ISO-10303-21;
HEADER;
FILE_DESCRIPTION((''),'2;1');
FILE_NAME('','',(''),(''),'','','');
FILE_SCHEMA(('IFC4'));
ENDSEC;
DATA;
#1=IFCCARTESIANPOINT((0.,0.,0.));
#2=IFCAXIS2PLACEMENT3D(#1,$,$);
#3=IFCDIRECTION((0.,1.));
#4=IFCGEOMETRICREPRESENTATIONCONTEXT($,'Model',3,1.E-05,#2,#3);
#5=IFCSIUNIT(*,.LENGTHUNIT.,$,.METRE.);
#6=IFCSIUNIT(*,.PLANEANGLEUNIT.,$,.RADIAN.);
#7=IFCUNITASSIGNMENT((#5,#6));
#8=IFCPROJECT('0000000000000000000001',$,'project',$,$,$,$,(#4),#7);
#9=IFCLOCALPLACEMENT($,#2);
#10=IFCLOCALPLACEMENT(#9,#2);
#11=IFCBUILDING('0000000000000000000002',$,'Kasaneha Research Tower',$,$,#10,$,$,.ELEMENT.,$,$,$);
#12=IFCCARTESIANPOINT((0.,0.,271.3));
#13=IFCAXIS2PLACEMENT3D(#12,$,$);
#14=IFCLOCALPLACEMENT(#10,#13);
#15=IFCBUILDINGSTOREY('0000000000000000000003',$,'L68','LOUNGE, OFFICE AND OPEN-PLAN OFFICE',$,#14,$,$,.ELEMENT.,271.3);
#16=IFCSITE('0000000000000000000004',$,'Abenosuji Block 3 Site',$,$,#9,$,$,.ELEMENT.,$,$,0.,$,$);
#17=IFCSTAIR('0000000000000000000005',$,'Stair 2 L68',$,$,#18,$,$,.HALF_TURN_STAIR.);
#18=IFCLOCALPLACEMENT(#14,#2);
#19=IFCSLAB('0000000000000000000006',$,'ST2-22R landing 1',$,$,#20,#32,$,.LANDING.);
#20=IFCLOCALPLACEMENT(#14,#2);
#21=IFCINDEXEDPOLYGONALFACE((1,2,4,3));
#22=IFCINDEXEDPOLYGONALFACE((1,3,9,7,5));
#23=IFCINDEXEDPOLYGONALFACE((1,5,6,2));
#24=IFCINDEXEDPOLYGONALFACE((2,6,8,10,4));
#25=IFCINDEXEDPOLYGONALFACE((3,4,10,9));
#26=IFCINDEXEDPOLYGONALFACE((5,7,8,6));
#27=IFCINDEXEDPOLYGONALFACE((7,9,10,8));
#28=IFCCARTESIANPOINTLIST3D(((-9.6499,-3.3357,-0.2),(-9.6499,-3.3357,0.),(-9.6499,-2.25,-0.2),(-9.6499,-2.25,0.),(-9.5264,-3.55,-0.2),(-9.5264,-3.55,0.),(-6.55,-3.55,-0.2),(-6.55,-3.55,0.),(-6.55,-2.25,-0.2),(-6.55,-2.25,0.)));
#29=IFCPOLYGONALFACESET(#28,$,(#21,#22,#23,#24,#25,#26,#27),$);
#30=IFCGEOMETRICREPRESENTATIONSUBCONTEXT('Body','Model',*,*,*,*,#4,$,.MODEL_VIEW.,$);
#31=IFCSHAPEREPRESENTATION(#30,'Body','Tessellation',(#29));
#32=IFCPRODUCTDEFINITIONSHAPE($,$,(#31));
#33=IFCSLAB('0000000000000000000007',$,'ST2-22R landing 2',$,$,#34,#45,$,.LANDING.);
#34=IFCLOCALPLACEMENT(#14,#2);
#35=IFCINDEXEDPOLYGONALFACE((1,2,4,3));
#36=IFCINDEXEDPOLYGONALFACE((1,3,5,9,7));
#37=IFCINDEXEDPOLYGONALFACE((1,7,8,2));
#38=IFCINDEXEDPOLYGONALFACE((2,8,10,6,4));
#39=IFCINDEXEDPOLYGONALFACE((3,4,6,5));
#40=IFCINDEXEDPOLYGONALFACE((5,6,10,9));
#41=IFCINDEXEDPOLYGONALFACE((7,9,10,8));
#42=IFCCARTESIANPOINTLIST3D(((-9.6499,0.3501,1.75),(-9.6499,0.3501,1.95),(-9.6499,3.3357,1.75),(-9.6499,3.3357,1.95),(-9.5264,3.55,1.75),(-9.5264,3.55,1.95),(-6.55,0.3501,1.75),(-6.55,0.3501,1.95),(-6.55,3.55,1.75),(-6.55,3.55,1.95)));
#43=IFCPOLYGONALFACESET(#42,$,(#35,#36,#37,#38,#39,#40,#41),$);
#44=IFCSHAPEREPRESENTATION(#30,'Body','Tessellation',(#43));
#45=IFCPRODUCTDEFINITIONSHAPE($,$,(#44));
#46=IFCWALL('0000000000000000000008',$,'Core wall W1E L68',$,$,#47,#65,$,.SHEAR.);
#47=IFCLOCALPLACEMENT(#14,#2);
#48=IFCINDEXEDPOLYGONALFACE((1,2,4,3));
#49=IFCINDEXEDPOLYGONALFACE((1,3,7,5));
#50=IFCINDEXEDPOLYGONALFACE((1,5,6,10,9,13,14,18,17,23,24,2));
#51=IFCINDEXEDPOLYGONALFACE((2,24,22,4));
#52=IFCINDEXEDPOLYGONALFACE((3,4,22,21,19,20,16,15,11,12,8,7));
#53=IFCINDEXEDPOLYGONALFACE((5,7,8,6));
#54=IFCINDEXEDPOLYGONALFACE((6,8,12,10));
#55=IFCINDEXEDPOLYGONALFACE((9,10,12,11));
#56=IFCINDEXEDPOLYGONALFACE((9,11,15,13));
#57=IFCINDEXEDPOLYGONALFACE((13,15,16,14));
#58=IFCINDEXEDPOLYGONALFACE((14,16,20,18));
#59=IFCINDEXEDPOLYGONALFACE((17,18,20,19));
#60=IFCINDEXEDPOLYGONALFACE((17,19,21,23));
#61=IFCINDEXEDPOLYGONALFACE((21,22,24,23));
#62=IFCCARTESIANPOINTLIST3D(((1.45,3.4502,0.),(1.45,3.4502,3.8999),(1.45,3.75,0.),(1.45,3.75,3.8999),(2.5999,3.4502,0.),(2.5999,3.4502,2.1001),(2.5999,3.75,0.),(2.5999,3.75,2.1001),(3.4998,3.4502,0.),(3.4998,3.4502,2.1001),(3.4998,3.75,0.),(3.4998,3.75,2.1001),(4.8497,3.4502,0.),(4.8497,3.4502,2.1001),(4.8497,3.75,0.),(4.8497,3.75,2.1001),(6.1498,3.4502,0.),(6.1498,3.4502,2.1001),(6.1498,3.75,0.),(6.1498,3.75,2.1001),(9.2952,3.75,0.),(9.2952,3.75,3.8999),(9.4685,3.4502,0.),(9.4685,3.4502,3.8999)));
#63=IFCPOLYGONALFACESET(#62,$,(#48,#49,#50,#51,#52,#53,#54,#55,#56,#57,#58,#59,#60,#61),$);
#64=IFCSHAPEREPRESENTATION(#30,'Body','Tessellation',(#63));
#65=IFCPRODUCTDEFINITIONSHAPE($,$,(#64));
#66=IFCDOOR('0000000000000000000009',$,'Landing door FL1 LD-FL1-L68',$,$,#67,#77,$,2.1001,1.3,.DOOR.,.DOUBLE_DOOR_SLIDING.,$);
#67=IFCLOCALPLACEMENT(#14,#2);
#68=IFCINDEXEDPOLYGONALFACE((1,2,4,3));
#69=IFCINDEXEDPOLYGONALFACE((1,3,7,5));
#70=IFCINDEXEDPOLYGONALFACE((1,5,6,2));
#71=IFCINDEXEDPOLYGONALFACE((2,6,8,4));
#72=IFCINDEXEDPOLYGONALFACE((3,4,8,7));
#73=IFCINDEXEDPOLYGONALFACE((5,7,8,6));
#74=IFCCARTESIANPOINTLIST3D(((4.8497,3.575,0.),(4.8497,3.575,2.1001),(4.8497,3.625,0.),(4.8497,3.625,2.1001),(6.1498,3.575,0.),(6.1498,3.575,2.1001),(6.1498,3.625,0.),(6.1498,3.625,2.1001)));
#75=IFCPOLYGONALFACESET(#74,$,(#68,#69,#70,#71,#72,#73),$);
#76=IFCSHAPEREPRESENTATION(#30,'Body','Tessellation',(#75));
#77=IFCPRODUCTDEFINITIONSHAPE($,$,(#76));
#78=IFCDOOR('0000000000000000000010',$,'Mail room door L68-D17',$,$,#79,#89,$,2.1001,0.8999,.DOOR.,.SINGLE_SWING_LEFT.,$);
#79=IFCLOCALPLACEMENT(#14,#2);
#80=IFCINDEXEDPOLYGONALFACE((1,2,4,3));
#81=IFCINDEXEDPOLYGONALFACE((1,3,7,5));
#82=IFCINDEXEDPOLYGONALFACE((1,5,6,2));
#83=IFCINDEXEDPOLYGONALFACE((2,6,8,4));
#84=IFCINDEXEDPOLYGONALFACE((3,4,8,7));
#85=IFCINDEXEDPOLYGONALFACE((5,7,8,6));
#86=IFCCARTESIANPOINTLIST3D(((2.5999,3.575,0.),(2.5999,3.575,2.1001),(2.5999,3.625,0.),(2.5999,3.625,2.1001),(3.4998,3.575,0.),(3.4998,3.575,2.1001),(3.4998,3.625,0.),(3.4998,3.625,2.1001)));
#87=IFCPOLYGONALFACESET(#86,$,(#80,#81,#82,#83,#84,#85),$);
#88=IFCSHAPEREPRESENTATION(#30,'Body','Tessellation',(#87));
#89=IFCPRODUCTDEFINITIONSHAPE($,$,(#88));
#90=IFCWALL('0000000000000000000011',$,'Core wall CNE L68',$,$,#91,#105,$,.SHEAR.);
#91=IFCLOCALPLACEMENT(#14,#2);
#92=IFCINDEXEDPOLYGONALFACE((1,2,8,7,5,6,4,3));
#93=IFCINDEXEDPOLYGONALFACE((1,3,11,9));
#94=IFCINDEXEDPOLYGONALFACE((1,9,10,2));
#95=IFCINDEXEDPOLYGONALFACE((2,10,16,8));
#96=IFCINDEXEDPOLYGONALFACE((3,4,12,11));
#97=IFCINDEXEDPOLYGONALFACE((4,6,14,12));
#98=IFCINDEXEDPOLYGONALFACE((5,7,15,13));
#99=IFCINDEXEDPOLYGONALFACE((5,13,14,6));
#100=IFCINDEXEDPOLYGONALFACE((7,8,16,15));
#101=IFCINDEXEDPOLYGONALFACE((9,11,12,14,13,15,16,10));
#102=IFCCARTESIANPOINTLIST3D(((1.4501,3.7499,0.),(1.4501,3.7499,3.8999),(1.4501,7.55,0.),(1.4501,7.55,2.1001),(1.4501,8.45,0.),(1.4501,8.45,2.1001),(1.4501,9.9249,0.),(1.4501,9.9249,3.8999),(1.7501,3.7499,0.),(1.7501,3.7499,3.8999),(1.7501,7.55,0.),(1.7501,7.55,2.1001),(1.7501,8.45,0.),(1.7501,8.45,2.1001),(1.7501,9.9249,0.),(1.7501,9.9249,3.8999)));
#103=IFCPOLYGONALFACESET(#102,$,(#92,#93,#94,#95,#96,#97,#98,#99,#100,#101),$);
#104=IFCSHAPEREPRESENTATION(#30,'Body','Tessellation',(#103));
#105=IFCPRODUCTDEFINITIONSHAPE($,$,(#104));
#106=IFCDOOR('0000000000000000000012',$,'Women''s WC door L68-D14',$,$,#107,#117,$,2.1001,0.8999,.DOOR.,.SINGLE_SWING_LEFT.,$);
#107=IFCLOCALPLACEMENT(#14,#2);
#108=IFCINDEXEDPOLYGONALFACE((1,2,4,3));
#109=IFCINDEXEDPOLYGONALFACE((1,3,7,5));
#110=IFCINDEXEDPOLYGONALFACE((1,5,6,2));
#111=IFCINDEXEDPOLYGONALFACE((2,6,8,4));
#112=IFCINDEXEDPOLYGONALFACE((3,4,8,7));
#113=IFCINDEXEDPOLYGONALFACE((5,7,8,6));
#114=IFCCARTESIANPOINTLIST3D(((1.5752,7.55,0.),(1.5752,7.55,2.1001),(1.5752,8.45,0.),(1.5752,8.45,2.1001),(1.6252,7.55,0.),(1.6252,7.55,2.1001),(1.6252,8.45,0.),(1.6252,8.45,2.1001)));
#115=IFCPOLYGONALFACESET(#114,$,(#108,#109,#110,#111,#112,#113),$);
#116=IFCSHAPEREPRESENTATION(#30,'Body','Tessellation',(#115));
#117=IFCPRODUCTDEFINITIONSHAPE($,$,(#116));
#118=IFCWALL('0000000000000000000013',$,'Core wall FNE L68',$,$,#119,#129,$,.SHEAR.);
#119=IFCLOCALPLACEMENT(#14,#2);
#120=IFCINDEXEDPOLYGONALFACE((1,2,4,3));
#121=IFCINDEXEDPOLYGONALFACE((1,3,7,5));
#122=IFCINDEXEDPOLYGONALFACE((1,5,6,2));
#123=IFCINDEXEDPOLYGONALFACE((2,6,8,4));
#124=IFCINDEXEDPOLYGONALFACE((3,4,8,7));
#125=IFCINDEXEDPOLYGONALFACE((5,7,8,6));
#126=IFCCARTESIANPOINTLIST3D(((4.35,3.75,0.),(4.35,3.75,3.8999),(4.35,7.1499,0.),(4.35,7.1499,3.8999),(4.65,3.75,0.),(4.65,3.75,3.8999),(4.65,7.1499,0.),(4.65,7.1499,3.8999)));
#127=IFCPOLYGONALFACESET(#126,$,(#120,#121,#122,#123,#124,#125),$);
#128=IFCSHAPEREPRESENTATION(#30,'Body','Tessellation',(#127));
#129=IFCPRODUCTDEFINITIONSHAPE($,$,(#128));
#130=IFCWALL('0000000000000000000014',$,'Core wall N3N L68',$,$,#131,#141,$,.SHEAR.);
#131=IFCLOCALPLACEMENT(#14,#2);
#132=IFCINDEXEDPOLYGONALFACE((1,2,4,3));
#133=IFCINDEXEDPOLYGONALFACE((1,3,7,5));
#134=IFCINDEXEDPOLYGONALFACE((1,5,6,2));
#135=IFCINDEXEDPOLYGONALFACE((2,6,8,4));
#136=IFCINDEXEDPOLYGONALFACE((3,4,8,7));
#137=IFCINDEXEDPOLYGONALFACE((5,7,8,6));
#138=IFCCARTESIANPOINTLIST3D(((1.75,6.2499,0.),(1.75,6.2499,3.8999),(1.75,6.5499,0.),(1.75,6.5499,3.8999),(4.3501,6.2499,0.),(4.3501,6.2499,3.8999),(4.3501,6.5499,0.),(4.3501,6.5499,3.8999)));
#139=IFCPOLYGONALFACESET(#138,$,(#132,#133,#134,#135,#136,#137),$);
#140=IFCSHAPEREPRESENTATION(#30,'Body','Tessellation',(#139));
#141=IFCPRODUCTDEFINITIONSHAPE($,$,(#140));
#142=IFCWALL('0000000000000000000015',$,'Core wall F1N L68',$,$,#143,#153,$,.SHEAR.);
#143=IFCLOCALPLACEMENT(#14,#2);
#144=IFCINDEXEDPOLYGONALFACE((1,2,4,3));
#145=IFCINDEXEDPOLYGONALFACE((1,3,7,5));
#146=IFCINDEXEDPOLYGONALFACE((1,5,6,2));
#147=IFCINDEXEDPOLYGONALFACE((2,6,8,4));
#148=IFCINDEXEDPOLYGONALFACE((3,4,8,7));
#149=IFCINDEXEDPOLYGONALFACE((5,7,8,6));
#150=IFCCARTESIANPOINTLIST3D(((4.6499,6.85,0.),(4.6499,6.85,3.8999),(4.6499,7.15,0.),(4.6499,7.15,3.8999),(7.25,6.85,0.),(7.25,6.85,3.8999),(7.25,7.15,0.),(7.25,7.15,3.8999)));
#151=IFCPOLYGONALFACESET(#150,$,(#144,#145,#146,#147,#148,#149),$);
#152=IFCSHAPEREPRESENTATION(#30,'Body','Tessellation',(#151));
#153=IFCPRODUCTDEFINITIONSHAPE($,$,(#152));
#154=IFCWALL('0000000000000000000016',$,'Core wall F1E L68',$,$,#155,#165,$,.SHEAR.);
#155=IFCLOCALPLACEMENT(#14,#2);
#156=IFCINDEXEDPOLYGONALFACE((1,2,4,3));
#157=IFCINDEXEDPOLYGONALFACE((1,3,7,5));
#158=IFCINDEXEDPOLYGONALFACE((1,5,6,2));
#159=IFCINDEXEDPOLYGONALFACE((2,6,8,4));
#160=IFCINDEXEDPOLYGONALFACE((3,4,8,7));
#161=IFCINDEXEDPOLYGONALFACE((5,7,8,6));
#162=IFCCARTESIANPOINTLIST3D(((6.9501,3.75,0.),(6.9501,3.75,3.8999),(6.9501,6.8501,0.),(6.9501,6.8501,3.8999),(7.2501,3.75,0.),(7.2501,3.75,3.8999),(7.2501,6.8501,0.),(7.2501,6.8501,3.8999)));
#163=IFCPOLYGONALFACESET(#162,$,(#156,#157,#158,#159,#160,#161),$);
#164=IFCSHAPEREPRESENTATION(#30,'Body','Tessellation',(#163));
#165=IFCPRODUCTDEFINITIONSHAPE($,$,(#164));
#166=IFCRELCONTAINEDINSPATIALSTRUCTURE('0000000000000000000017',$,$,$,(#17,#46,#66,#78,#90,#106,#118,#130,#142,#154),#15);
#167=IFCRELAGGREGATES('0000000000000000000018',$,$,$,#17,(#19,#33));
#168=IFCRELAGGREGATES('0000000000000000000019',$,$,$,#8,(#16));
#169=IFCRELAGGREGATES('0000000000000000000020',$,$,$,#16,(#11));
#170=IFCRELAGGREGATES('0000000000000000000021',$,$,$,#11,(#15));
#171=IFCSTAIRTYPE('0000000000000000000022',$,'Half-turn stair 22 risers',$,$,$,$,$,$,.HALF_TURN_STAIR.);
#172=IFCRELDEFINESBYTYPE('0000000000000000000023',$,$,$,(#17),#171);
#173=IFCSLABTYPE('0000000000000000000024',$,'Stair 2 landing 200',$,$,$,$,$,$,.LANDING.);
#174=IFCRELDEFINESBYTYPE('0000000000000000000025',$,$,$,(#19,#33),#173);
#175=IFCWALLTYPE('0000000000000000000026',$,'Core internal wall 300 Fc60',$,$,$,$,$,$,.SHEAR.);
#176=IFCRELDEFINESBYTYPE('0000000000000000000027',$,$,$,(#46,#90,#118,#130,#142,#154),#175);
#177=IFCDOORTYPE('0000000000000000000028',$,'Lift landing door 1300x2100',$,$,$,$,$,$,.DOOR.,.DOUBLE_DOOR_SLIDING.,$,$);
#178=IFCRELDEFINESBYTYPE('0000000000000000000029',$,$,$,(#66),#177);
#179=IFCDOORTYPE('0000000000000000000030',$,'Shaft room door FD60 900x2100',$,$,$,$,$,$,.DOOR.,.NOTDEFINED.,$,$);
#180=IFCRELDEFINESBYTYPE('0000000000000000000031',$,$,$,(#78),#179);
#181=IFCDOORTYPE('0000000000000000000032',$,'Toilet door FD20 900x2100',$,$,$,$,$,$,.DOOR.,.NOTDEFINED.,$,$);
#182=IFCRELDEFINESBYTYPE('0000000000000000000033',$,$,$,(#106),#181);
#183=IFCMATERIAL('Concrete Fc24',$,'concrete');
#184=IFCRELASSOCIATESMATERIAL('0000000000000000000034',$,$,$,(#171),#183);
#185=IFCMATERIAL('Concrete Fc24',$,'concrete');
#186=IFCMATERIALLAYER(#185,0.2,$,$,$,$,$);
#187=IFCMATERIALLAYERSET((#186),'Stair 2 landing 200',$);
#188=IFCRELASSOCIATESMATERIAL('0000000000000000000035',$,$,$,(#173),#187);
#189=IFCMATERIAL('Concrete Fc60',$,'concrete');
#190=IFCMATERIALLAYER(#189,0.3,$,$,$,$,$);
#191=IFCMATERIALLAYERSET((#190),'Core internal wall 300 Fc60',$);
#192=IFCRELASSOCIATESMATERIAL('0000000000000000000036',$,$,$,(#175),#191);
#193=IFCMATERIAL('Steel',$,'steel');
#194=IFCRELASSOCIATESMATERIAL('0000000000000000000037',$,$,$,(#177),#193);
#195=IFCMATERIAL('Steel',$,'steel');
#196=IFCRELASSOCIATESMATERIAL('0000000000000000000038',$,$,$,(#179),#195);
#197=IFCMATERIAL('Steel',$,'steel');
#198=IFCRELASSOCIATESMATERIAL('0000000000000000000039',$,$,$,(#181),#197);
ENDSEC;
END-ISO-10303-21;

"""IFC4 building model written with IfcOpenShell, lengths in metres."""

from ifc_helpers import new_model, si_unit, direction, frame, frame_2d, origin, place, context, subcontext, project, spatial, polyline, rectangle, outline, extrude, material, layer, layer_set, type_object, element, fill, aggregate, save


model = new_model("IFC4")

# Units and contexts
model_context = context("Model", 3, precision=1e-05, world=origin(), true_north=direction((0.0, 1.0)))
body_context = subcontext(model_context, "Body", "Model", "MODEL_VIEW")
ifc_project = project(units=[si_unit("LENGTHUNIT", "METRE"), si_unit("PLANEANGLEUNIT", "RADIAN")], contexts=[model_context])

# Site, building, storey
site_placement = place(None, origin())
site = spatial("IfcSite", under=ifc_project, at=site_placement, Name="Abenosuji Block 3 Site", CompositionType="ELEMENT", RefElevation=0.0)
building_placement = place(site_placement, origin())
building = spatial("IfcBuilding", under=site, at=building_placement, Name="Kasaneha Research Tower", CompositionType="ELEMENT")
storey_placement = place(building_placement, frame((0.0, 0.0, 271.3)))
storey = spatial("IfcBuildingStorey", under=building, at=storey_placement, Name="L68", Description="LOUNGE, OFFICE AND OPEN-PLAN OFFICE", CompositionType="ELEMENT", Elevation=271.3)

# Stair, slabs
ifc_material_1 = material(Name="Concrete Fc24", Category="concrete")
stair_type = type_object("IfcStairType", Name="Half-turn stair 22 risers", PredefinedType="HALF_TURN_STAIR", material=ifc_material_1)
stair_1_placement = place(storey_placement, origin())
stair_1 = element("IfcStair", 1, at=stair_1_placement, inside=storey, type_object=stair_type, Name="Stair 2 L68", PredefinedType="HALF_TURN_STAIR")
ifc_material_2 = material(Name="Concrete Fc24", Category="concrete")
ifc_layer_1 = layer(ifc_material_2, 0.2)
ifc_layer_set_1 = layer_set([ifc_layer_1], Name="Stair 2 landing 200")
slab_type = type_object("IfcSlabType", Name="Stair 2 landing 200", PredefinedType="LANDING", material=ifc_layer_set_1)
slab_1_placement = place(storey_placement, frame((0.0, 0.0, -0.2)))
slab_1 = element("IfcSlab", 2, at=slab_1_placement, type_object=slab_type, Name="ST2-22R landing 1", PredefinedType="LANDING", context=body_context, shape_type="SweptSolid", body=[
    extrude(outline(polyline([(-6.55, -3.55), (-9.5264, -3.55), (-9.6499, -3.3357), (-9.6499, -2.25), (-6.55, -2.25), (-6.55, -3.55)])), origin(), (0.0, 0.0, 1.0), 0.2),
])
slab_2_placement = place(storey_placement, frame((0.0, 0.0, 1.75)))
slab_2 = element("IfcSlab", 3, at=slab_2_placement, type_object=slab_type, Name="ST2-22R landing 2", PredefinedType="LANDING", context=body_context, shape_type="SweptSolid", body=[
    extrude(outline(polyline([(-6.55, 0.3501), (-9.6499, 0.3501), (-9.6499, 3.3357), (-9.5264, 3.55), (-6.55, 3.55), (-6.55, 0.3501)])), origin(), (0.0, 0.0, 1.0), 0.2),
])
aggregate(stair_1, [slab_1, slab_2])

# Wall, openings, doors
ifc_material_3 = material(Name="Concrete Fc60", Category="concrete")
ifc_layer_2 = layer(ifc_material_3, 0.3)
ifc_layer_set_2 = layer_set([ifc_layer_2], Name="Core internal wall 300 Fc60")
wall_type_1 = type_object("IfcWallType", Name="Core internal wall 300 Fc60", PredefinedType="SHEAR", material=ifc_layer_set_2)
wall_1_placement = place(storey_placement, frame((1.45, 3.6001, 0.0), z_axis=(0.0, 0.0, 1.0), x_axis=(1.0, 0.0, 0.0)))
wall_1 = element("IfcWall", 4, at=wall_1_placement, inside=storey, type_object=wall_type_1, Name="Core wall W1E L68", PredefinedType="SHEAR", context=body_context, shape_type="SweptSolid", body=[
    extrude(outline(polyline([(0.0, -0.1499), (1.1499, -0.1499), (2.0498, -0.1499), (3.3999, -0.1499), (4.7, -0.1499), (8.0186, -0.1499), (7.8452, 0.1499), (4.7, 0.1499), (3.3999, 0.1499), (2.0498, 0.1499), (1.1499, 0.1499), (0.0, 0.1499), (0.0, -0.1499)])), origin(), (0.0, 0.0, 1.0), 3.8999),
])
opening_1_placement = place(wall_1_placement, frame((1.1499, 0.0, 0.0)))
opening_1 = element("IfcOpeningElement", 5, at=opening_1_placement, cuts=wall_1, PredefinedType="OPENING", context=body_context, shape_type="SweptSolid", body=[
    extrude(rectangle(XDim=0.8999, YDim=2.1001, at=frame_2d((0.45, 1.05))), frame((0.0, 0.1602, 0.0), z_axis=(0.0, -1.0, 0.0), x_axis=(1.0, 0.0, 0.0)), (0.0, 0.0, 1.0), 0.3201),
])
opening_2_placement = place(wall_1_placement, frame((3.3999, 0.0, 0.0)))
opening_2 = element("IfcOpeningElement", 6, at=opening_2_placement, cuts=wall_1, PredefinedType="OPENING", context=body_context, shape_type="SweptSolid", body=[
    extrude(rectangle(XDim=1.3, YDim=2.1001, at=frame_2d((0.6499, 1.05))), frame((0.0, 0.1602, 0.0), z_axis=(0.0, -1.0, 0.0), x_axis=(1.0, 0.0, 0.0)), (0.0, 0.0, 1.0), 0.3201),
])
ifc_material_4 = material(Name="Steel", Category="steel")
door_type_1 = type_object("IfcDoorType", Name="Lift landing door 1300x2100", OperationType="DOUBLE_DOOR_SLIDING", PredefinedType="DOOR", material=ifc_material_4)
door_1_placement = place(opening_2_placement, origin())
door_1 = element("IfcDoor", 7, at=door_1_placement, inside=storey, type_object=door_type_1, Name="Landing door FL1 LD-FL1-L68", OperationType="DOUBLE_DOOR_SLIDING", OverallHeight=2.1001, OverallWidth=1.3, PredefinedType="DOOR", context=body_context, shape_type="SweptSolid", body=[
    extrude(rectangle(XDim=1.3, YDim=2.1001, at=frame_2d((0.6499, 1.05))), frame((0.0, 0.0249, 0.0), z_axis=(0.0, -1.0, 0.0), x_axis=(1.0, 0.0, 0.0)), (0.0, 0.0, 1.0), 0.05),
])
fill(opening_2, door_1)
ifc_material_5 = material(Name="Steel", Category="steel")
door_type_2 = type_object("IfcDoorType", Name="Shaft room door FD60 900x2100", OperationType="NOTDEFINED", PredefinedType="DOOR", material=ifc_material_5)
door_2_placement = place(opening_1_placement, origin())
door_2 = element("IfcDoor", 8, at=door_2_placement, inside=storey, type_object=door_type_2, Name="Mail room door L68-D17", OperationType="SINGLE_SWING_LEFT", OverallHeight=2.1001, OverallWidth=0.8999, PredefinedType="DOOR", context=body_context, shape_type="SweptSolid", body=[
    extrude(rectangle(XDim=0.8999, YDim=2.1001, at=frame_2d((0.45, 1.05))), frame((0.0, 0.0249, 0.0), z_axis=(0.0, -1.0, 0.0), x_axis=(1.0, 0.0, 0.0)), (0.0, 0.0, 1.0), 0.05),
])
fill(opening_1, door_2)

# Wall, opening, door
wall_2_placement = place(storey_placement, frame((1.6001, 3.75, 0.0), z_axis=(0.0, 0.0, 1.0), x_axis=(0.0, 1.0, 0.0)))
wall_2 = element("IfcWall", 9, at=wall_2_placement, inside=storey, type_object=wall_type_1, Name="Core wall CNE L68", PredefinedType="SHEAR", context=body_context, shape_type="SweptSolid", body=[
    extrude(rectangle(XDim=6.175, YDim=0.3, at=frame_2d((3.0874, 0.0))), origin(), (0.0, 0.0, 1.0), 3.8999),
])
opening_3_placement = place(wall_2_placement, frame((3.8, 0.0, 0.0)))
opening_3 = element("IfcOpeningElement", 10, at=opening_3_placement, cuts=wall_2, PredefinedType="OPENING", context=body_context, shape_type="SweptSolid", body=[
    extrude(rectangle(XDim=0.8999, YDim=2.1001, at=frame_2d((0.45, 1.05))), frame((0.0, 0.1602, 0.0), z_axis=(0.0, -1.0, 0.0), x_axis=(1.0, 0.0, 0.0)), (0.0, 0.0, 1.0), 0.3201),
])
ifc_material_6 = material(Name="Steel", Category="steel")
door_type_3 = type_object("IfcDoorType", Name="Toilet door FD20 900x2100", OperationType="NOTDEFINED", PredefinedType="DOOR", material=ifc_material_6)
door_3_placement = place(opening_3_placement, origin())
door_3 = element("IfcDoor", 11, at=door_3_placement, inside=storey, type_object=door_type_3, Name="Women's WC door L68-D14", OperationType="SINGLE_SWING_LEFT", OverallHeight=2.1001, OverallWidth=0.8999, PredefinedType="DOOR", context=body_context, shape_type="SweptSolid", body=[
    extrude(rectangle(XDim=0.8999, YDim=2.1001, at=frame_2d((0.45, 1.05))), frame((0.0, 0.0249, 0.0), z_axis=(0.0, -1.0, 0.0), x_axis=(1.0, 0.0, 0.0)), (0.0, 0.0, 1.0), 0.05),
])
fill(opening_3, door_3)

# Walls
wall_3_placement = place(storey_placement, frame((4.5, 3.75, 0.0), z_axis=(0.0, 0.0, 1.0), x_axis=(0.0, 1.0, 0.0)))
element("IfcWall", 12, at=wall_3_placement, inside=storey, type_object=wall_type_1, Name="Core wall FNE L68", PredefinedType="SHEAR", context=body_context, shape_type="SweptSolid", body=[
    extrude(rectangle(XDim=3.3999, YDim=0.3, at=frame_2d((1.7, 0.0))), origin(), (0.0, 0.0, 1.0), 3.8999),
])
for number, where, z_axis, x_axis, name in (
    (13, (1.75, 6.3999, 0.0), (0.0, 0.0, 1.0), (1.0, 0.0, 0.0), "Core wall N3N L68"),
    (14, (4.6499, 7.0, 0.0), (0.0, 0.0, 1.0), (1.0, 0.0, 0.0), "Core wall F1N L68"),
):
    element("IfcWall", number, at=place(storey_placement, frame(where, z_axis=z_axis, x_axis=x_axis)), inside=storey, type_object=wall_type_1, Name=name, PredefinedType="SHEAR", context=body_context, shape_type="SweptSolid", body=[
        extrude(rectangle(XDim=2.6001, YDim=0.3, at=frame_2d((1.3, 0.0))), origin(), (0.0, 0.0, 1.0), 3.8999),
    ])
wall_4_placement = place(storey_placement, frame((7.1001, 3.75, 0.0), z_axis=(0.0, 0.0, 1.0), x_axis=(0.0, 1.0, 0.0)))
element("IfcWall", 15, at=wall_4_placement, inside=storey, type_object=wall_type_1, Name="Core wall F1E L68", PredefinedType="SHEAR", context=body_context, shape_type="SweptSolid", body=[
    extrude(rectangle(XDim=3.1001, YDim=0.3, at=frame_2d((1.55, 0.0))), origin(), (0.0, 0.0, 1.0), 3.8999),
])

save(model, "model.ifc")
